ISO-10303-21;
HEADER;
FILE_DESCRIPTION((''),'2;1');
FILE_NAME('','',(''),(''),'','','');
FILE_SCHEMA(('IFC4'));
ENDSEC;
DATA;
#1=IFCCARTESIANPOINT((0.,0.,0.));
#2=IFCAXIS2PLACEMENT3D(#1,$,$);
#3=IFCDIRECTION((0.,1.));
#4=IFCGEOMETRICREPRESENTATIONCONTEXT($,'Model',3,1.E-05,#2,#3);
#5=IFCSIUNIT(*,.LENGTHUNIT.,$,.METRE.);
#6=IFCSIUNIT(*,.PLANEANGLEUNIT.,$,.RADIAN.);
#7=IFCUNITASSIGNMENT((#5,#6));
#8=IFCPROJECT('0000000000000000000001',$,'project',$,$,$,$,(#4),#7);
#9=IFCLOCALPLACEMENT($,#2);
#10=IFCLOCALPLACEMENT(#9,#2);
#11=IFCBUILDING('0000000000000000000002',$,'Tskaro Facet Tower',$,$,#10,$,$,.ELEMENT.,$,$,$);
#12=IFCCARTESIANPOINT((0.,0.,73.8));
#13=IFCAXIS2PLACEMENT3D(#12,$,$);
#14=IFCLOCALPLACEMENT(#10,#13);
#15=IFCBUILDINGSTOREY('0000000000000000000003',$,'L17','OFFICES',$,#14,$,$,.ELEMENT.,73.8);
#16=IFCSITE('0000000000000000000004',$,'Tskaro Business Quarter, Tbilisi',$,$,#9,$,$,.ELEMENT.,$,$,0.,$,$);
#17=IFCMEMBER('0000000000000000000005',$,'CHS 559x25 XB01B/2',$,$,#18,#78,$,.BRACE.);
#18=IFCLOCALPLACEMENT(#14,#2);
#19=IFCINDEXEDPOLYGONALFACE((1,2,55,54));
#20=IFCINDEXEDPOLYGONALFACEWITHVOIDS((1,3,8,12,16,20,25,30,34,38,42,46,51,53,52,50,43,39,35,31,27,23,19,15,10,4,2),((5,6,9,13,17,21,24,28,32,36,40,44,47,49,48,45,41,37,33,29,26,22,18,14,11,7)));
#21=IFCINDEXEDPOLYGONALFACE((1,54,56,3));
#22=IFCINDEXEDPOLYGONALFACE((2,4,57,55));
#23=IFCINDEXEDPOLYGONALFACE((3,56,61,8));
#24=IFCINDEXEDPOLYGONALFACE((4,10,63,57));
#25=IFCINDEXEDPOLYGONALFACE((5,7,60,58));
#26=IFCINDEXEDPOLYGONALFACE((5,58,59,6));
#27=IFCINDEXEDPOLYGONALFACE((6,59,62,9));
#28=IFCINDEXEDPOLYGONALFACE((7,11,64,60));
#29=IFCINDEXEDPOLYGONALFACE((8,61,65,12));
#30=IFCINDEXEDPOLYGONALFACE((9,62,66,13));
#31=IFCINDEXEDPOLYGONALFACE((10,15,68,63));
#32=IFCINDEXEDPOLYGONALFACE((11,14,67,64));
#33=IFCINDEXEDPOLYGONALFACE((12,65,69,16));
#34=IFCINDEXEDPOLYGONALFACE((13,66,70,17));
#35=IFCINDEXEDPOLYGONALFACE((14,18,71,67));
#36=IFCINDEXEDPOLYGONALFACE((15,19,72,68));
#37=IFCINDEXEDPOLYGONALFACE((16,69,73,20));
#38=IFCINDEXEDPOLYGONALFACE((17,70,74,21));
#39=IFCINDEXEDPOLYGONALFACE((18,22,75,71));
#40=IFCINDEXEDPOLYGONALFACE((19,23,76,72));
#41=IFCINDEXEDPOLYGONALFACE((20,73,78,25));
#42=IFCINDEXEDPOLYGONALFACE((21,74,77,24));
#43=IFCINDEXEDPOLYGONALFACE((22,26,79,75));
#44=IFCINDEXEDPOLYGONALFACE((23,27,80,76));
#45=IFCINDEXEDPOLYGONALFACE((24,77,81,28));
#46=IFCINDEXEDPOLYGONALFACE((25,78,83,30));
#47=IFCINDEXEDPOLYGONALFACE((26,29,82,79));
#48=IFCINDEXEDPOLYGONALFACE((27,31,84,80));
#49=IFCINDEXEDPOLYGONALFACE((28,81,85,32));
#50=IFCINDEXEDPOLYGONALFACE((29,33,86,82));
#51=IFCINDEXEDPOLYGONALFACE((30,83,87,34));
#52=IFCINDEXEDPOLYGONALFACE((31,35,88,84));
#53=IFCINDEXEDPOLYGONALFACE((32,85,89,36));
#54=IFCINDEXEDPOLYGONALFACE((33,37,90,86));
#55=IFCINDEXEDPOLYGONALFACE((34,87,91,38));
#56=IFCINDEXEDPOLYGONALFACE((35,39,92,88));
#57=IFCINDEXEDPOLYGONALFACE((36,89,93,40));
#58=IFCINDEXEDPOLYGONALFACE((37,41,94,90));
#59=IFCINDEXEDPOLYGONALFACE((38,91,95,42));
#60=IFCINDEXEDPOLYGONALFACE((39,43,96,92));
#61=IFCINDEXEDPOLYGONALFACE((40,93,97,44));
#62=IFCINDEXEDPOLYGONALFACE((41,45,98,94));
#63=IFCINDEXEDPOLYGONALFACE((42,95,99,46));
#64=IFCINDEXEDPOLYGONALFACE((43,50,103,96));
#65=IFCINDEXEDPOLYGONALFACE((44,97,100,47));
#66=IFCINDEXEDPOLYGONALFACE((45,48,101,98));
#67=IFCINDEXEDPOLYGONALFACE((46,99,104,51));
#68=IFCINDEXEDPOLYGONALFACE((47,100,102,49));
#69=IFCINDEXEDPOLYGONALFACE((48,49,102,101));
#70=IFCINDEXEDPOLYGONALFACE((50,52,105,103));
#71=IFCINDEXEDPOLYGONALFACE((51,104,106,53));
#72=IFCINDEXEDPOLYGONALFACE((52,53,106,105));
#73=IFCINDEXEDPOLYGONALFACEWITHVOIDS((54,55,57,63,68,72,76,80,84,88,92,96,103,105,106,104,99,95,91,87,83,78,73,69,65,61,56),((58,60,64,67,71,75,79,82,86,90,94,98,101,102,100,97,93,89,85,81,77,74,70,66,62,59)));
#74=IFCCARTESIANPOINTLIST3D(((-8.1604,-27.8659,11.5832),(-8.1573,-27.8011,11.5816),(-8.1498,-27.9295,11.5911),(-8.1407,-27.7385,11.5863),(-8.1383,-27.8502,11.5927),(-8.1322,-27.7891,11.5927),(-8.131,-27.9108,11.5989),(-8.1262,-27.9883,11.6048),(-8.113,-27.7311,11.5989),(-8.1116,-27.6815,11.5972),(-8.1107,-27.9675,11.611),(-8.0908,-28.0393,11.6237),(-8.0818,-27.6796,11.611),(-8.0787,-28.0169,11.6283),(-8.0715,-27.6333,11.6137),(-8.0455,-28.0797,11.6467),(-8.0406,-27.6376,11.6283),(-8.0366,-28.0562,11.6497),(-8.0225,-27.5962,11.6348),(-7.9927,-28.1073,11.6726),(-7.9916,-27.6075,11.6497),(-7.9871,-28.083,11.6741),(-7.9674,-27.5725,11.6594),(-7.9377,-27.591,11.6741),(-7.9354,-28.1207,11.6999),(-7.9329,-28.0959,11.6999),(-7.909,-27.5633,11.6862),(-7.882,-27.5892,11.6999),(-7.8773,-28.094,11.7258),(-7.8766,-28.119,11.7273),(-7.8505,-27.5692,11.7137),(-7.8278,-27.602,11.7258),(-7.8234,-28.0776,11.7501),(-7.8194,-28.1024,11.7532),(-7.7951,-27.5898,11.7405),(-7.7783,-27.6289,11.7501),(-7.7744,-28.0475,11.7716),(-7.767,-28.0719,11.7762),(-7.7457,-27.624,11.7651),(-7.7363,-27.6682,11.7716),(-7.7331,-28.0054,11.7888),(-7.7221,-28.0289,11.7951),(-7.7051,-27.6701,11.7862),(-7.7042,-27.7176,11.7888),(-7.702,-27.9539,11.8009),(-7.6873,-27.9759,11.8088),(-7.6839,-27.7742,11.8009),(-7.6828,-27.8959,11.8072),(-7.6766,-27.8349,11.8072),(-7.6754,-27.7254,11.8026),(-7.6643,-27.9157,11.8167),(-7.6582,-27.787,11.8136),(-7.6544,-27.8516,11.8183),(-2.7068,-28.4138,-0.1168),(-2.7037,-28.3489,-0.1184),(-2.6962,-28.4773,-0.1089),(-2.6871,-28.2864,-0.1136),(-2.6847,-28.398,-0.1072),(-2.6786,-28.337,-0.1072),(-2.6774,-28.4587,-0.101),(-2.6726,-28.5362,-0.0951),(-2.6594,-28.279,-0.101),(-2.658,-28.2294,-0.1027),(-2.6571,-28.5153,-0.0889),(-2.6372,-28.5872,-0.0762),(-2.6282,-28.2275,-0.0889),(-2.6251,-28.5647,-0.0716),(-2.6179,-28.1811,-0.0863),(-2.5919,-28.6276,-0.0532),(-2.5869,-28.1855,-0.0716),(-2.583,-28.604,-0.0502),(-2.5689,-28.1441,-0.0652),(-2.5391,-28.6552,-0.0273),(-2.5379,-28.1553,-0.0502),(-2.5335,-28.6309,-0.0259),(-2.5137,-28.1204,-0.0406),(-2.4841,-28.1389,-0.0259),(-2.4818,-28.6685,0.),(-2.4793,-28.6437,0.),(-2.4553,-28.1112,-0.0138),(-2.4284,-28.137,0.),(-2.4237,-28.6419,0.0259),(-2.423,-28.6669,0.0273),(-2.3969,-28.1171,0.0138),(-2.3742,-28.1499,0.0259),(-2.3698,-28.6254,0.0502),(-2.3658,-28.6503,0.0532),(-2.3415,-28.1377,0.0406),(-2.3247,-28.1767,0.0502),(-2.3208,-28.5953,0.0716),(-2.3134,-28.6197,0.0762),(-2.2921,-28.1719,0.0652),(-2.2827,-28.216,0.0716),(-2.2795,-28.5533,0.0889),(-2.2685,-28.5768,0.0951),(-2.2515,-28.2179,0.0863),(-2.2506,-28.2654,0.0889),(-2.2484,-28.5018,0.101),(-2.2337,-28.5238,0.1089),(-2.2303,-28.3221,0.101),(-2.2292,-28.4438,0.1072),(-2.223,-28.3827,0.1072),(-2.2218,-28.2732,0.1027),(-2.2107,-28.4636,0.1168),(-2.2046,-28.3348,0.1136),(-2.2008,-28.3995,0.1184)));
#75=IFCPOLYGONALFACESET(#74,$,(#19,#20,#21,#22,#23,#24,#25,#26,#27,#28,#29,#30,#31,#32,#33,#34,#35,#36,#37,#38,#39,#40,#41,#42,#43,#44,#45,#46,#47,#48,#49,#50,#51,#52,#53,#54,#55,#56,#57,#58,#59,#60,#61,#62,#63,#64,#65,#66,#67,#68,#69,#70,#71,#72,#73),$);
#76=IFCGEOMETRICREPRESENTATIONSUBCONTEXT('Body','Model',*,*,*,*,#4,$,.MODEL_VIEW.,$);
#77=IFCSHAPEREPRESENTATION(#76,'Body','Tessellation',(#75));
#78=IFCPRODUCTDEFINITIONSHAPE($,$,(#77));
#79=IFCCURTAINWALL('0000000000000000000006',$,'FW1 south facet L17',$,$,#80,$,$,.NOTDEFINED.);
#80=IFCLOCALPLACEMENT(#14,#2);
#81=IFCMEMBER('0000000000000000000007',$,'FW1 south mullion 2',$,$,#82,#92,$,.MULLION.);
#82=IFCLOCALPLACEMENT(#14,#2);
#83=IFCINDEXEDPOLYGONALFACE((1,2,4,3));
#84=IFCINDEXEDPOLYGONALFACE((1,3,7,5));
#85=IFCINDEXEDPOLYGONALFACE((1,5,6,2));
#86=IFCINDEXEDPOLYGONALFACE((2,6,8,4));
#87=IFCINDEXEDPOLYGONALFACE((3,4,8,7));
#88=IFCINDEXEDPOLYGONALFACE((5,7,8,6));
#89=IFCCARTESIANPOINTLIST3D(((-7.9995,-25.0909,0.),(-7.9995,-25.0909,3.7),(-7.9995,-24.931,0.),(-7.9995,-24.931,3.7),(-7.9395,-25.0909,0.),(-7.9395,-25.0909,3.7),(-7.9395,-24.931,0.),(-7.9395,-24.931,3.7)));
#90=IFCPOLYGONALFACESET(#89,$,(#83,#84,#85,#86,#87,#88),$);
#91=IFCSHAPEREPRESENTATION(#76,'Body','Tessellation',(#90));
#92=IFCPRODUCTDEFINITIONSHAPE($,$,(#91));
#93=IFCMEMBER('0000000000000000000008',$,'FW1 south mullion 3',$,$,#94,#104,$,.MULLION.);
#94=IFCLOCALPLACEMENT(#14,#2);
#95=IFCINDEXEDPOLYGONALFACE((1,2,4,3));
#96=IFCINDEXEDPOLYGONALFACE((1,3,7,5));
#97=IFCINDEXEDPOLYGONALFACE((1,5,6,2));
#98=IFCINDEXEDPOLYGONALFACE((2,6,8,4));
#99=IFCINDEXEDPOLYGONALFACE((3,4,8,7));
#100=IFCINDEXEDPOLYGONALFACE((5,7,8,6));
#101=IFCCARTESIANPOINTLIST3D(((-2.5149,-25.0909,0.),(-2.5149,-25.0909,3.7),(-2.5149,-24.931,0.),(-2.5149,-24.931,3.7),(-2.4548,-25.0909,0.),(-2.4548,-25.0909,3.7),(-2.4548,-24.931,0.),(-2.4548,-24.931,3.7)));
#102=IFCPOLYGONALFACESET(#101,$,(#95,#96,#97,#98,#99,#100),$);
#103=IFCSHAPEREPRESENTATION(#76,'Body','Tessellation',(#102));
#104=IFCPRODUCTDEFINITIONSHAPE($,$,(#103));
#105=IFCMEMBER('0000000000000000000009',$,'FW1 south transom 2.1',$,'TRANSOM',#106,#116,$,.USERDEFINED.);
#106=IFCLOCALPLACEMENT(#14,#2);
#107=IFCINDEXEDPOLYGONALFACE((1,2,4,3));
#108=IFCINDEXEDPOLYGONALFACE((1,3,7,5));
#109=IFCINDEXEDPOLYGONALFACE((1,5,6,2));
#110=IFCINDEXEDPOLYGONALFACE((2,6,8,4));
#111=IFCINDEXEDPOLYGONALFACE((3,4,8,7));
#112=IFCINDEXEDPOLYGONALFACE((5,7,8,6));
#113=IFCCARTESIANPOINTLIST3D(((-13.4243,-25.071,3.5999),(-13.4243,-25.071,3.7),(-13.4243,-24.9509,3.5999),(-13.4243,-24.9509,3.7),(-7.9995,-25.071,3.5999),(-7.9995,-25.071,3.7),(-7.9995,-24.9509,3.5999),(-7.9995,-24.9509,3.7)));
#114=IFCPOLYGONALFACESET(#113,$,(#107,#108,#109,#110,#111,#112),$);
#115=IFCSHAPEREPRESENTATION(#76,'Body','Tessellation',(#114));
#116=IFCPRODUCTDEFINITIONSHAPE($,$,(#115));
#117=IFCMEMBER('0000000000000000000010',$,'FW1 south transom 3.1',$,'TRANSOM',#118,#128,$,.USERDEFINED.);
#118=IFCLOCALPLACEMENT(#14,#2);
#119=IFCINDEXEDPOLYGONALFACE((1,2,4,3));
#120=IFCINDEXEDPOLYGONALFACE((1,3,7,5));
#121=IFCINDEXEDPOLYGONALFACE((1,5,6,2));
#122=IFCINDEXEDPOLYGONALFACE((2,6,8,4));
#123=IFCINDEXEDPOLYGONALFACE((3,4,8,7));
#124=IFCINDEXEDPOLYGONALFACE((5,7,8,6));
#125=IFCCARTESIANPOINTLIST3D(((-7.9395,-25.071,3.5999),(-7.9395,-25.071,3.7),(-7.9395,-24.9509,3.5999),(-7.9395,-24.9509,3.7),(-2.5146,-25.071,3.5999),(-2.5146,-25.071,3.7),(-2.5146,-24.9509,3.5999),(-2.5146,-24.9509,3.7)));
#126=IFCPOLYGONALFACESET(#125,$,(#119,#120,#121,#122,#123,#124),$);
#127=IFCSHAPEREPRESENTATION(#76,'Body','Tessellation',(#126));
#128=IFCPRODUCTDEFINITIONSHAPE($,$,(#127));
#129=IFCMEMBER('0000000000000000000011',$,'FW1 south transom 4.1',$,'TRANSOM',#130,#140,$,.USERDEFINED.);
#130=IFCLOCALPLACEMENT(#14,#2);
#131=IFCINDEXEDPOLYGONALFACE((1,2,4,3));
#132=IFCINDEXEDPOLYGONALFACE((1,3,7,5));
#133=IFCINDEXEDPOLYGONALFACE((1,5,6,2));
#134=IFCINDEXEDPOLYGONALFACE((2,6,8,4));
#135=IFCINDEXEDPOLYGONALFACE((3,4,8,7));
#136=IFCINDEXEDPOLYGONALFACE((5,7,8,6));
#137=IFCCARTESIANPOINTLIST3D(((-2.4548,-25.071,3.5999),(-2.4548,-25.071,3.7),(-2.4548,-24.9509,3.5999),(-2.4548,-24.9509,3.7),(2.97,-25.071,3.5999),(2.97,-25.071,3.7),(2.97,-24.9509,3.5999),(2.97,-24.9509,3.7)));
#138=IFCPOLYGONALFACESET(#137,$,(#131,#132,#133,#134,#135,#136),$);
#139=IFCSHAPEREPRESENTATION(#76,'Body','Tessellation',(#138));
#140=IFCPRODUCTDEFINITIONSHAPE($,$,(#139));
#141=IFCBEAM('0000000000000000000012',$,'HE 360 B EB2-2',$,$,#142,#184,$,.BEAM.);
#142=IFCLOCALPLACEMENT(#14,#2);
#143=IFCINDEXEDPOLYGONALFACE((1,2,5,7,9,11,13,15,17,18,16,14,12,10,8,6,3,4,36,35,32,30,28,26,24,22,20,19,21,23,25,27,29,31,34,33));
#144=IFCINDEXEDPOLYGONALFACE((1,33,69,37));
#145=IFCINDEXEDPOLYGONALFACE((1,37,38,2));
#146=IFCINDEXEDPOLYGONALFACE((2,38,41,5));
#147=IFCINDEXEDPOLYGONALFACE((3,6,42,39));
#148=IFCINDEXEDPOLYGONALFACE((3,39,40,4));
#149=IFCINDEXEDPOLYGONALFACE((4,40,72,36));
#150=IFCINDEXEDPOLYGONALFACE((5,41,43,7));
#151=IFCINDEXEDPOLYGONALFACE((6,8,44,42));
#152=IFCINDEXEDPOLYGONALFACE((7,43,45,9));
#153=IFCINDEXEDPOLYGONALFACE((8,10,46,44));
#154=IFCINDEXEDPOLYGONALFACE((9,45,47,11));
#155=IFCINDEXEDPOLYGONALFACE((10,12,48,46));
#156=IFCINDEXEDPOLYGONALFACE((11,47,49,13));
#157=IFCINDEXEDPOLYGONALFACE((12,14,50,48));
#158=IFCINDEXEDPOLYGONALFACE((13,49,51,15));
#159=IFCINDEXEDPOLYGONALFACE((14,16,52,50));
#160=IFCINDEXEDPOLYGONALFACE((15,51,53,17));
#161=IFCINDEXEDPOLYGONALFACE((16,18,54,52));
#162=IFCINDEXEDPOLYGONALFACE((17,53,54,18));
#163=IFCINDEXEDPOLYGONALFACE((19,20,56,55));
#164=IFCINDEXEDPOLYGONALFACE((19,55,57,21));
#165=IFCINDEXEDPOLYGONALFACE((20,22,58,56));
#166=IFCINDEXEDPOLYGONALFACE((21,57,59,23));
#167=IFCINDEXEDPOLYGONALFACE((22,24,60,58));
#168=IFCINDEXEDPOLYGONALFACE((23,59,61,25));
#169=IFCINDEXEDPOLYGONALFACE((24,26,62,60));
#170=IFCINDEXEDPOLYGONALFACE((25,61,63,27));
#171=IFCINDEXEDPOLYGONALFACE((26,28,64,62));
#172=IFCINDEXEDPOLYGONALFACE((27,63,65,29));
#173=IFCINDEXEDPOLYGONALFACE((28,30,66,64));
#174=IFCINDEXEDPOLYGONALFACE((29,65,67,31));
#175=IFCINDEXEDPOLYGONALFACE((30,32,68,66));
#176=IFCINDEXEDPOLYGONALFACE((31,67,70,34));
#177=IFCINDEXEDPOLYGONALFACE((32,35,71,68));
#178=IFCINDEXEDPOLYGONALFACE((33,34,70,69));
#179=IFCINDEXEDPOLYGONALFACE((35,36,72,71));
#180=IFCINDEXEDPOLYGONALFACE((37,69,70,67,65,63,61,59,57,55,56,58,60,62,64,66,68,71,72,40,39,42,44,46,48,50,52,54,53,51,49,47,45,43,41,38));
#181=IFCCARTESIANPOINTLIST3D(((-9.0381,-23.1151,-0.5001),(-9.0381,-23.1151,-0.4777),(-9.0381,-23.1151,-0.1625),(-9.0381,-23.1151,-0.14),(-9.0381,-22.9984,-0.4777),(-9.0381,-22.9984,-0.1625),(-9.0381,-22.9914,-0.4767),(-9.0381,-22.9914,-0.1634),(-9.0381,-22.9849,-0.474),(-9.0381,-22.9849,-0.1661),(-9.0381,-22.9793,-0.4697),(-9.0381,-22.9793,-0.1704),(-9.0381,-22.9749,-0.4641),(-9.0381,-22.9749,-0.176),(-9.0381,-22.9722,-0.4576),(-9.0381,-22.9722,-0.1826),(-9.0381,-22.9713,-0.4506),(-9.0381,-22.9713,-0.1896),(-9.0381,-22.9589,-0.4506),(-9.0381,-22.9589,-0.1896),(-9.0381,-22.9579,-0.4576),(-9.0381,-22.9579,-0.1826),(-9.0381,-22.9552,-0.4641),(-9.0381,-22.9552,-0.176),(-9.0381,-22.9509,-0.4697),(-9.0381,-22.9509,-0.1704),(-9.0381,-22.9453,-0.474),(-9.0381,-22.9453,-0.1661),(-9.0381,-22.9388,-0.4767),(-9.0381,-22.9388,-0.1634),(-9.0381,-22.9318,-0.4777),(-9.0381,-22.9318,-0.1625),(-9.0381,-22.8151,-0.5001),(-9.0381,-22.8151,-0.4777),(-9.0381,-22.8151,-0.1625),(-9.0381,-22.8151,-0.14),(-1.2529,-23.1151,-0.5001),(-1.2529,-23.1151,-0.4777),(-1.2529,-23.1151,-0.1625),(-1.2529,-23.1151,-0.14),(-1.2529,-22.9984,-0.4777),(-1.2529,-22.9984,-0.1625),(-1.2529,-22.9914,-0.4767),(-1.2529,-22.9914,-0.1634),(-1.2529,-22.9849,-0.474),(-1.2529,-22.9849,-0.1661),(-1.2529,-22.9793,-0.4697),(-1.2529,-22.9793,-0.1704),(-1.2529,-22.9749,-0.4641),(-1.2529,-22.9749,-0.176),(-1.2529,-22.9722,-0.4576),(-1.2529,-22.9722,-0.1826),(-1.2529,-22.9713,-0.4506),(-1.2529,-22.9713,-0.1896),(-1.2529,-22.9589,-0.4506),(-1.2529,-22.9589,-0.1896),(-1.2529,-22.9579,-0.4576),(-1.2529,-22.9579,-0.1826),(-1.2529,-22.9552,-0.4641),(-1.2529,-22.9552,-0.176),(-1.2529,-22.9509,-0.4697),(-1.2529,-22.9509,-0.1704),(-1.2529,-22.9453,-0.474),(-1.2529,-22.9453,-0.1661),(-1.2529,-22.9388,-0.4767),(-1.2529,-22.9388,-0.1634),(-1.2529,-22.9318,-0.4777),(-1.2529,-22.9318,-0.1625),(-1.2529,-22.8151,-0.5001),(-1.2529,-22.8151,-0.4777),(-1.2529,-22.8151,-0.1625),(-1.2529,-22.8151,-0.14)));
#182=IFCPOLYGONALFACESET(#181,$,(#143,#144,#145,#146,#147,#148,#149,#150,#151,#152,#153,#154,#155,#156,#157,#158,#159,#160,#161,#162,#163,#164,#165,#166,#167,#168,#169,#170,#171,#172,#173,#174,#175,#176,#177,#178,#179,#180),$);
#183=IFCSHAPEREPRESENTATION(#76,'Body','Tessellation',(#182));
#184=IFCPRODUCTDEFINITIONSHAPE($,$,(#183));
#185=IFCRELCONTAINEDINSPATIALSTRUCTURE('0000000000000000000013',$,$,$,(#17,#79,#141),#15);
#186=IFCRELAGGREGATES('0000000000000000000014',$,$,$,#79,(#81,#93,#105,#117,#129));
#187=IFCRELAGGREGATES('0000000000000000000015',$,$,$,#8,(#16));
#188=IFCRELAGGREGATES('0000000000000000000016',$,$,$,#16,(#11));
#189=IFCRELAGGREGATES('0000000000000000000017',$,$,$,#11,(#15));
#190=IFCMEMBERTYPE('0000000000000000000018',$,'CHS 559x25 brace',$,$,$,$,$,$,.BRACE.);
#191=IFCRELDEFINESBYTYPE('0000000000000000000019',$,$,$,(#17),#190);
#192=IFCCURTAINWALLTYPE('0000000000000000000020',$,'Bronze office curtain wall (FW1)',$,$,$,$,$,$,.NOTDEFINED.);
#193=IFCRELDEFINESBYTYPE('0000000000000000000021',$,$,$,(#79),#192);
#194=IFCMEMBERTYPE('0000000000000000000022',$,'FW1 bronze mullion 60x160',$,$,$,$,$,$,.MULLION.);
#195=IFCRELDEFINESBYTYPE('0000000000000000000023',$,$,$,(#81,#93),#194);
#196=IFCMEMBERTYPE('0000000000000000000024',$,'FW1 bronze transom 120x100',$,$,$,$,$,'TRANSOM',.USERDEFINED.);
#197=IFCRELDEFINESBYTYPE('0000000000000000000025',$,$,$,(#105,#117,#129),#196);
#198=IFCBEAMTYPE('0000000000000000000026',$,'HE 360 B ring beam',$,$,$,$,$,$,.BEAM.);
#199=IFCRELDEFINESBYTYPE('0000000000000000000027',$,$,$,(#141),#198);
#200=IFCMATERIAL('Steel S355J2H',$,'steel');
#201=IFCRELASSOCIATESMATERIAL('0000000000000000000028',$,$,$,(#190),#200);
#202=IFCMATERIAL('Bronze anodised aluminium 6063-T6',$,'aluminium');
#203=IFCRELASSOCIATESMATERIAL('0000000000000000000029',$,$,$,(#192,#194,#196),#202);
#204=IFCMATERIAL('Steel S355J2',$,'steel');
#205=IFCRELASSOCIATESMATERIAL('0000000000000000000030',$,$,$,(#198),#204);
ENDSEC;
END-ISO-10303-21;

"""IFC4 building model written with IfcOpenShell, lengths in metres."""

from ifc_helpers import new_model, si_unit, direction, frame, origin, origin_2d, place, context, subcontext, project, spatial, rectangle, hollow_circle, i_section, extrude, material, material_profile, profile_set, type_object, element, aggregate, save


model = new_model("IFC4")

# Units and contexts
model_context = context("Model", 3, precision=1e-05, world=origin(), true_north=direction((0.0, 1.0)))
body_context = subcontext(model_context, "Body", "Model", "MODEL_VIEW")
ifc_project = project(units=[si_unit("LENGTHUNIT", "METRE"), si_unit("PLANEANGLEUNIT", "RADIAN")], contexts=[model_context])

# Site, building, storey
site_placement = place(None, origin())
site = spatial("IfcSite", under=ifc_project, at=site_placement, Name="Tskaro Business Quarter, Tbilisi", CompositionType="ELEMENT", RefElevation=0.0)
building_placement = place(site_placement, origin())
building = spatial("IfcBuilding", under=site, at=building_placement, Name="Tskaro Facet Tower", CompositionType="ELEMENT")
storey_placement = place(building_placement, frame((0.0, 0.0, 73.8)))
storey = spatial("IfcBuildingStorey", under=building, at=storey_placement, Name="L17", Description="OFFICES", CompositionType="ELEMENT", Elevation=73.8)

# Shared definitions
ifc_material_1 = material(Name="Steel S355J2H", Category="steel")

# Member
ifc_material_profile_1 = material_profile(ifc_material_1, hollow_circle(Radius=0.2795, WallThickness=0.0249, at=origin_2d()), Name="CHS 559x25")
ifc_profile_set_1 = profile_set([ifc_material_profile_1], Name="Steel S355J2H")
member_type_1 = type_object("IfcMemberType", Name="CHS 559x25 brace", PredefinedType="BRACE", material=ifc_profile_set_1)
member_1_placement = place(storey_placement, frame((-2.4539, -28.3904, 0.0), z_axis=(-0.422101, 0.042403, 0.905557), x_axis=(-0.099954, -0.994992, 0.0)))
element("IfcMember", 1, at=member_1_placement, inside=storey, type_object=member_type_1, Name="CHS 559x25 XB01B/2", PredefinedType="BRACE", context=body_context, shape_type="SweptSolid", body=[
    extrude(hollow_circle(Radius=0.2795, WallThickness=0.0249, at=origin_2d()), origin(), (0.0, 0.0, 1.0), 12.9202),
])

# Curtain wall, members
ifc_material_2 = material(Name="Bronze anodised aluminium 6063-T6", Category="aluminium")
curtain_wall_type = type_object("IfcCurtainWallType", Name="Bronze office curtain wall (FW1)", PredefinedType="NOTDEFINED", material=ifc_material_2)
curtain_wall_placement = place(storey_placement, origin())
curtain_wall = element("IfcCurtainWall", 2, at=curtain_wall_placement, inside=storey, type_object=curtain_wall_type, Name="FW1 south facet L17", PredefinedType="NOTDEFINED")
ifc_material_profile_2 = material_profile(ifc_material_2, rectangle(XDim=0.0601, YDim=0.1599, at=origin_2d()), Name="Mullion 60x160")
ifc_profile_set_2 = profile_set([ifc_material_profile_2], Name="Bronze anodised aluminium 6063-T6")
member_type_2 = type_object("IfcMemberType", Name="FW1 bronze mullion 60x160", PredefinedType="MULLION", material=ifc_profile_set_2)
member_2_placement = place(storey_placement, frame((-7.9695, -25.011, 0.0), z_axis=(0.0, 0.0, 1.0), x_axis=(1.0, 0.0, 0.0)))
member_2 = element("IfcMember", 3, at=member_2_placement, type_object=member_type_2, Name="FW1 south mullion 2", PredefinedType="MULLION", context=body_context, shape_type="SweptSolid", body=[
    extrude(rectangle(XDim=0.0601, YDim=0.1599, at=origin_2d()), origin(), (0.0, 0.0, 1.0), 3.7),
])
member_3_placement = place(storey_placement, frame((-2.4849, -25.011, 0.0), z_axis=(0.0, 0.0, 1.0), x_axis=(1.0, 0.0, 0.0)))
member_3 = element("IfcMember", 4, at=member_3_placement, type_object=member_type_2, Name="FW1 south mullion 3", PredefinedType="MULLION", context=body_context, shape_type="SweptSolid", body=[
    extrude(rectangle(XDim=0.0601, YDim=0.1599, at=origin_2d()), origin(), (0.0, 0.0, 1.0), 3.7),
])
ifc_material_profile_3 = material_profile(ifc_material_2, rectangle(XDim=0.1201, YDim=0.1001, at=origin_2d()), Name="Transom 120x100")
ifc_profile_set_3 = profile_set([ifc_material_profile_3], Name="Bronze anodised aluminium 6063-T6")
member_type_3 = type_object("IfcMemberType", Name="FW1 bronze transom 120x100", ElementType="TRANSOM", PredefinedType="USERDEFINED", material=ifc_profile_set_3)
member_4_placement = place(storey_placement, frame((-13.4243, -25.011, 3.6499), z_axis=(1.0, 0.0, 0.0), x_axis=(0.0, 1.0, 0.0)))
member_4 = element("IfcMember", 5, at=member_4_placement, type_object=member_type_3, Name="FW1 south transom 2.1", ObjectType="TRANSOM", PredefinedType="USERDEFINED", context=body_context, shape_type="SweptSolid", body=[
    extrude(rectangle(XDim=0.1201, YDim=0.1001, at=origin_2d()), origin(), (0.0, 0.0, 1.0), 5.4248),
])
member_5_placement = place(storey_placement, frame((-7.9395, -25.011, 3.6499), z_axis=(1.0, 0.0, 0.0), x_axis=(0.0, 1.0, 0.0)))
member_5 = element("IfcMember", 6, at=member_5_placement, type_object=member_type_3, Name="FW1 south transom 3.1", ObjectType="TRANSOM", PredefinedType="USERDEFINED", context=body_context, shape_type="SweptSolid", body=[
    extrude(rectangle(XDim=0.1201, YDim=0.1001, at=origin_2d()), origin(), (0.0, 0.0, 1.0), 5.4248),
])
member_6_placement = place(storey_placement, frame((-2.4548, -25.011, 3.6499), z_axis=(1.0, 0.0, 0.0), x_axis=(0.0, 1.0, 0.0)))
member_6 = element("IfcMember", 7, at=member_6_placement, type_object=member_type_3, Name="FW1 south transom 4.1", ObjectType="TRANSOM", PredefinedType="USERDEFINED", context=body_context, shape_type="SweptSolid", body=[
    extrude(rectangle(XDim=0.1201, YDim=0.1001, at=origin_2d()), origin(), (0.0, 0.0, 1.0), 5.4248),
])

# Beam
ifc_material_3 = material(Name="Steel S355J2", Category="steel")
ifc_material_profile_4 = material_profile(ifc_material_3, i_section(OverallWidth=0.3, OverallDepth=0.3601, WebThickness=0.0125, FlangeThickness=0.0225, FilletRadius=0.0271, at=origin_2d()), Name="HE 360 B")
ifc_profile_set_4 = profile_set([ifc_material_profile_4], Name="Steel S355J2")
beam_type_1 = type_object("IfcBeamType", Name="HE 360 B ring beam", PredefinedType="BEAM", material=ifc_profile_set_4)
beam_1_placement = place(storey_placement, frame((-9.0381, -22.9651, -0.3201), z_axis=(1.0, 0.0, 0.0), x_axis=(0.0, 1.0, 0.0)))
element("IfcBeam", 8, at=beam_1_placement, inside=storey, type_object=beam_type_1, Name="HE 360 B EB2-2", PredefinedType="BEAM", context=body_context, shape_type="SweptSolid", body=[
    extrude(i_section(OverallWidth=0.3, OverallDepth=0.3601, WebThickness=0.0125, FlangeThickness=0.0225, FilletRadius=0.0271, at=origin_2d()), origin(), (0.0, 0.0, 1.0), 7.7852),
])

aggregate(curtain_wall, [member_2, member_3, member_4, member_5, member_6])

save(model, "model.ifc")
